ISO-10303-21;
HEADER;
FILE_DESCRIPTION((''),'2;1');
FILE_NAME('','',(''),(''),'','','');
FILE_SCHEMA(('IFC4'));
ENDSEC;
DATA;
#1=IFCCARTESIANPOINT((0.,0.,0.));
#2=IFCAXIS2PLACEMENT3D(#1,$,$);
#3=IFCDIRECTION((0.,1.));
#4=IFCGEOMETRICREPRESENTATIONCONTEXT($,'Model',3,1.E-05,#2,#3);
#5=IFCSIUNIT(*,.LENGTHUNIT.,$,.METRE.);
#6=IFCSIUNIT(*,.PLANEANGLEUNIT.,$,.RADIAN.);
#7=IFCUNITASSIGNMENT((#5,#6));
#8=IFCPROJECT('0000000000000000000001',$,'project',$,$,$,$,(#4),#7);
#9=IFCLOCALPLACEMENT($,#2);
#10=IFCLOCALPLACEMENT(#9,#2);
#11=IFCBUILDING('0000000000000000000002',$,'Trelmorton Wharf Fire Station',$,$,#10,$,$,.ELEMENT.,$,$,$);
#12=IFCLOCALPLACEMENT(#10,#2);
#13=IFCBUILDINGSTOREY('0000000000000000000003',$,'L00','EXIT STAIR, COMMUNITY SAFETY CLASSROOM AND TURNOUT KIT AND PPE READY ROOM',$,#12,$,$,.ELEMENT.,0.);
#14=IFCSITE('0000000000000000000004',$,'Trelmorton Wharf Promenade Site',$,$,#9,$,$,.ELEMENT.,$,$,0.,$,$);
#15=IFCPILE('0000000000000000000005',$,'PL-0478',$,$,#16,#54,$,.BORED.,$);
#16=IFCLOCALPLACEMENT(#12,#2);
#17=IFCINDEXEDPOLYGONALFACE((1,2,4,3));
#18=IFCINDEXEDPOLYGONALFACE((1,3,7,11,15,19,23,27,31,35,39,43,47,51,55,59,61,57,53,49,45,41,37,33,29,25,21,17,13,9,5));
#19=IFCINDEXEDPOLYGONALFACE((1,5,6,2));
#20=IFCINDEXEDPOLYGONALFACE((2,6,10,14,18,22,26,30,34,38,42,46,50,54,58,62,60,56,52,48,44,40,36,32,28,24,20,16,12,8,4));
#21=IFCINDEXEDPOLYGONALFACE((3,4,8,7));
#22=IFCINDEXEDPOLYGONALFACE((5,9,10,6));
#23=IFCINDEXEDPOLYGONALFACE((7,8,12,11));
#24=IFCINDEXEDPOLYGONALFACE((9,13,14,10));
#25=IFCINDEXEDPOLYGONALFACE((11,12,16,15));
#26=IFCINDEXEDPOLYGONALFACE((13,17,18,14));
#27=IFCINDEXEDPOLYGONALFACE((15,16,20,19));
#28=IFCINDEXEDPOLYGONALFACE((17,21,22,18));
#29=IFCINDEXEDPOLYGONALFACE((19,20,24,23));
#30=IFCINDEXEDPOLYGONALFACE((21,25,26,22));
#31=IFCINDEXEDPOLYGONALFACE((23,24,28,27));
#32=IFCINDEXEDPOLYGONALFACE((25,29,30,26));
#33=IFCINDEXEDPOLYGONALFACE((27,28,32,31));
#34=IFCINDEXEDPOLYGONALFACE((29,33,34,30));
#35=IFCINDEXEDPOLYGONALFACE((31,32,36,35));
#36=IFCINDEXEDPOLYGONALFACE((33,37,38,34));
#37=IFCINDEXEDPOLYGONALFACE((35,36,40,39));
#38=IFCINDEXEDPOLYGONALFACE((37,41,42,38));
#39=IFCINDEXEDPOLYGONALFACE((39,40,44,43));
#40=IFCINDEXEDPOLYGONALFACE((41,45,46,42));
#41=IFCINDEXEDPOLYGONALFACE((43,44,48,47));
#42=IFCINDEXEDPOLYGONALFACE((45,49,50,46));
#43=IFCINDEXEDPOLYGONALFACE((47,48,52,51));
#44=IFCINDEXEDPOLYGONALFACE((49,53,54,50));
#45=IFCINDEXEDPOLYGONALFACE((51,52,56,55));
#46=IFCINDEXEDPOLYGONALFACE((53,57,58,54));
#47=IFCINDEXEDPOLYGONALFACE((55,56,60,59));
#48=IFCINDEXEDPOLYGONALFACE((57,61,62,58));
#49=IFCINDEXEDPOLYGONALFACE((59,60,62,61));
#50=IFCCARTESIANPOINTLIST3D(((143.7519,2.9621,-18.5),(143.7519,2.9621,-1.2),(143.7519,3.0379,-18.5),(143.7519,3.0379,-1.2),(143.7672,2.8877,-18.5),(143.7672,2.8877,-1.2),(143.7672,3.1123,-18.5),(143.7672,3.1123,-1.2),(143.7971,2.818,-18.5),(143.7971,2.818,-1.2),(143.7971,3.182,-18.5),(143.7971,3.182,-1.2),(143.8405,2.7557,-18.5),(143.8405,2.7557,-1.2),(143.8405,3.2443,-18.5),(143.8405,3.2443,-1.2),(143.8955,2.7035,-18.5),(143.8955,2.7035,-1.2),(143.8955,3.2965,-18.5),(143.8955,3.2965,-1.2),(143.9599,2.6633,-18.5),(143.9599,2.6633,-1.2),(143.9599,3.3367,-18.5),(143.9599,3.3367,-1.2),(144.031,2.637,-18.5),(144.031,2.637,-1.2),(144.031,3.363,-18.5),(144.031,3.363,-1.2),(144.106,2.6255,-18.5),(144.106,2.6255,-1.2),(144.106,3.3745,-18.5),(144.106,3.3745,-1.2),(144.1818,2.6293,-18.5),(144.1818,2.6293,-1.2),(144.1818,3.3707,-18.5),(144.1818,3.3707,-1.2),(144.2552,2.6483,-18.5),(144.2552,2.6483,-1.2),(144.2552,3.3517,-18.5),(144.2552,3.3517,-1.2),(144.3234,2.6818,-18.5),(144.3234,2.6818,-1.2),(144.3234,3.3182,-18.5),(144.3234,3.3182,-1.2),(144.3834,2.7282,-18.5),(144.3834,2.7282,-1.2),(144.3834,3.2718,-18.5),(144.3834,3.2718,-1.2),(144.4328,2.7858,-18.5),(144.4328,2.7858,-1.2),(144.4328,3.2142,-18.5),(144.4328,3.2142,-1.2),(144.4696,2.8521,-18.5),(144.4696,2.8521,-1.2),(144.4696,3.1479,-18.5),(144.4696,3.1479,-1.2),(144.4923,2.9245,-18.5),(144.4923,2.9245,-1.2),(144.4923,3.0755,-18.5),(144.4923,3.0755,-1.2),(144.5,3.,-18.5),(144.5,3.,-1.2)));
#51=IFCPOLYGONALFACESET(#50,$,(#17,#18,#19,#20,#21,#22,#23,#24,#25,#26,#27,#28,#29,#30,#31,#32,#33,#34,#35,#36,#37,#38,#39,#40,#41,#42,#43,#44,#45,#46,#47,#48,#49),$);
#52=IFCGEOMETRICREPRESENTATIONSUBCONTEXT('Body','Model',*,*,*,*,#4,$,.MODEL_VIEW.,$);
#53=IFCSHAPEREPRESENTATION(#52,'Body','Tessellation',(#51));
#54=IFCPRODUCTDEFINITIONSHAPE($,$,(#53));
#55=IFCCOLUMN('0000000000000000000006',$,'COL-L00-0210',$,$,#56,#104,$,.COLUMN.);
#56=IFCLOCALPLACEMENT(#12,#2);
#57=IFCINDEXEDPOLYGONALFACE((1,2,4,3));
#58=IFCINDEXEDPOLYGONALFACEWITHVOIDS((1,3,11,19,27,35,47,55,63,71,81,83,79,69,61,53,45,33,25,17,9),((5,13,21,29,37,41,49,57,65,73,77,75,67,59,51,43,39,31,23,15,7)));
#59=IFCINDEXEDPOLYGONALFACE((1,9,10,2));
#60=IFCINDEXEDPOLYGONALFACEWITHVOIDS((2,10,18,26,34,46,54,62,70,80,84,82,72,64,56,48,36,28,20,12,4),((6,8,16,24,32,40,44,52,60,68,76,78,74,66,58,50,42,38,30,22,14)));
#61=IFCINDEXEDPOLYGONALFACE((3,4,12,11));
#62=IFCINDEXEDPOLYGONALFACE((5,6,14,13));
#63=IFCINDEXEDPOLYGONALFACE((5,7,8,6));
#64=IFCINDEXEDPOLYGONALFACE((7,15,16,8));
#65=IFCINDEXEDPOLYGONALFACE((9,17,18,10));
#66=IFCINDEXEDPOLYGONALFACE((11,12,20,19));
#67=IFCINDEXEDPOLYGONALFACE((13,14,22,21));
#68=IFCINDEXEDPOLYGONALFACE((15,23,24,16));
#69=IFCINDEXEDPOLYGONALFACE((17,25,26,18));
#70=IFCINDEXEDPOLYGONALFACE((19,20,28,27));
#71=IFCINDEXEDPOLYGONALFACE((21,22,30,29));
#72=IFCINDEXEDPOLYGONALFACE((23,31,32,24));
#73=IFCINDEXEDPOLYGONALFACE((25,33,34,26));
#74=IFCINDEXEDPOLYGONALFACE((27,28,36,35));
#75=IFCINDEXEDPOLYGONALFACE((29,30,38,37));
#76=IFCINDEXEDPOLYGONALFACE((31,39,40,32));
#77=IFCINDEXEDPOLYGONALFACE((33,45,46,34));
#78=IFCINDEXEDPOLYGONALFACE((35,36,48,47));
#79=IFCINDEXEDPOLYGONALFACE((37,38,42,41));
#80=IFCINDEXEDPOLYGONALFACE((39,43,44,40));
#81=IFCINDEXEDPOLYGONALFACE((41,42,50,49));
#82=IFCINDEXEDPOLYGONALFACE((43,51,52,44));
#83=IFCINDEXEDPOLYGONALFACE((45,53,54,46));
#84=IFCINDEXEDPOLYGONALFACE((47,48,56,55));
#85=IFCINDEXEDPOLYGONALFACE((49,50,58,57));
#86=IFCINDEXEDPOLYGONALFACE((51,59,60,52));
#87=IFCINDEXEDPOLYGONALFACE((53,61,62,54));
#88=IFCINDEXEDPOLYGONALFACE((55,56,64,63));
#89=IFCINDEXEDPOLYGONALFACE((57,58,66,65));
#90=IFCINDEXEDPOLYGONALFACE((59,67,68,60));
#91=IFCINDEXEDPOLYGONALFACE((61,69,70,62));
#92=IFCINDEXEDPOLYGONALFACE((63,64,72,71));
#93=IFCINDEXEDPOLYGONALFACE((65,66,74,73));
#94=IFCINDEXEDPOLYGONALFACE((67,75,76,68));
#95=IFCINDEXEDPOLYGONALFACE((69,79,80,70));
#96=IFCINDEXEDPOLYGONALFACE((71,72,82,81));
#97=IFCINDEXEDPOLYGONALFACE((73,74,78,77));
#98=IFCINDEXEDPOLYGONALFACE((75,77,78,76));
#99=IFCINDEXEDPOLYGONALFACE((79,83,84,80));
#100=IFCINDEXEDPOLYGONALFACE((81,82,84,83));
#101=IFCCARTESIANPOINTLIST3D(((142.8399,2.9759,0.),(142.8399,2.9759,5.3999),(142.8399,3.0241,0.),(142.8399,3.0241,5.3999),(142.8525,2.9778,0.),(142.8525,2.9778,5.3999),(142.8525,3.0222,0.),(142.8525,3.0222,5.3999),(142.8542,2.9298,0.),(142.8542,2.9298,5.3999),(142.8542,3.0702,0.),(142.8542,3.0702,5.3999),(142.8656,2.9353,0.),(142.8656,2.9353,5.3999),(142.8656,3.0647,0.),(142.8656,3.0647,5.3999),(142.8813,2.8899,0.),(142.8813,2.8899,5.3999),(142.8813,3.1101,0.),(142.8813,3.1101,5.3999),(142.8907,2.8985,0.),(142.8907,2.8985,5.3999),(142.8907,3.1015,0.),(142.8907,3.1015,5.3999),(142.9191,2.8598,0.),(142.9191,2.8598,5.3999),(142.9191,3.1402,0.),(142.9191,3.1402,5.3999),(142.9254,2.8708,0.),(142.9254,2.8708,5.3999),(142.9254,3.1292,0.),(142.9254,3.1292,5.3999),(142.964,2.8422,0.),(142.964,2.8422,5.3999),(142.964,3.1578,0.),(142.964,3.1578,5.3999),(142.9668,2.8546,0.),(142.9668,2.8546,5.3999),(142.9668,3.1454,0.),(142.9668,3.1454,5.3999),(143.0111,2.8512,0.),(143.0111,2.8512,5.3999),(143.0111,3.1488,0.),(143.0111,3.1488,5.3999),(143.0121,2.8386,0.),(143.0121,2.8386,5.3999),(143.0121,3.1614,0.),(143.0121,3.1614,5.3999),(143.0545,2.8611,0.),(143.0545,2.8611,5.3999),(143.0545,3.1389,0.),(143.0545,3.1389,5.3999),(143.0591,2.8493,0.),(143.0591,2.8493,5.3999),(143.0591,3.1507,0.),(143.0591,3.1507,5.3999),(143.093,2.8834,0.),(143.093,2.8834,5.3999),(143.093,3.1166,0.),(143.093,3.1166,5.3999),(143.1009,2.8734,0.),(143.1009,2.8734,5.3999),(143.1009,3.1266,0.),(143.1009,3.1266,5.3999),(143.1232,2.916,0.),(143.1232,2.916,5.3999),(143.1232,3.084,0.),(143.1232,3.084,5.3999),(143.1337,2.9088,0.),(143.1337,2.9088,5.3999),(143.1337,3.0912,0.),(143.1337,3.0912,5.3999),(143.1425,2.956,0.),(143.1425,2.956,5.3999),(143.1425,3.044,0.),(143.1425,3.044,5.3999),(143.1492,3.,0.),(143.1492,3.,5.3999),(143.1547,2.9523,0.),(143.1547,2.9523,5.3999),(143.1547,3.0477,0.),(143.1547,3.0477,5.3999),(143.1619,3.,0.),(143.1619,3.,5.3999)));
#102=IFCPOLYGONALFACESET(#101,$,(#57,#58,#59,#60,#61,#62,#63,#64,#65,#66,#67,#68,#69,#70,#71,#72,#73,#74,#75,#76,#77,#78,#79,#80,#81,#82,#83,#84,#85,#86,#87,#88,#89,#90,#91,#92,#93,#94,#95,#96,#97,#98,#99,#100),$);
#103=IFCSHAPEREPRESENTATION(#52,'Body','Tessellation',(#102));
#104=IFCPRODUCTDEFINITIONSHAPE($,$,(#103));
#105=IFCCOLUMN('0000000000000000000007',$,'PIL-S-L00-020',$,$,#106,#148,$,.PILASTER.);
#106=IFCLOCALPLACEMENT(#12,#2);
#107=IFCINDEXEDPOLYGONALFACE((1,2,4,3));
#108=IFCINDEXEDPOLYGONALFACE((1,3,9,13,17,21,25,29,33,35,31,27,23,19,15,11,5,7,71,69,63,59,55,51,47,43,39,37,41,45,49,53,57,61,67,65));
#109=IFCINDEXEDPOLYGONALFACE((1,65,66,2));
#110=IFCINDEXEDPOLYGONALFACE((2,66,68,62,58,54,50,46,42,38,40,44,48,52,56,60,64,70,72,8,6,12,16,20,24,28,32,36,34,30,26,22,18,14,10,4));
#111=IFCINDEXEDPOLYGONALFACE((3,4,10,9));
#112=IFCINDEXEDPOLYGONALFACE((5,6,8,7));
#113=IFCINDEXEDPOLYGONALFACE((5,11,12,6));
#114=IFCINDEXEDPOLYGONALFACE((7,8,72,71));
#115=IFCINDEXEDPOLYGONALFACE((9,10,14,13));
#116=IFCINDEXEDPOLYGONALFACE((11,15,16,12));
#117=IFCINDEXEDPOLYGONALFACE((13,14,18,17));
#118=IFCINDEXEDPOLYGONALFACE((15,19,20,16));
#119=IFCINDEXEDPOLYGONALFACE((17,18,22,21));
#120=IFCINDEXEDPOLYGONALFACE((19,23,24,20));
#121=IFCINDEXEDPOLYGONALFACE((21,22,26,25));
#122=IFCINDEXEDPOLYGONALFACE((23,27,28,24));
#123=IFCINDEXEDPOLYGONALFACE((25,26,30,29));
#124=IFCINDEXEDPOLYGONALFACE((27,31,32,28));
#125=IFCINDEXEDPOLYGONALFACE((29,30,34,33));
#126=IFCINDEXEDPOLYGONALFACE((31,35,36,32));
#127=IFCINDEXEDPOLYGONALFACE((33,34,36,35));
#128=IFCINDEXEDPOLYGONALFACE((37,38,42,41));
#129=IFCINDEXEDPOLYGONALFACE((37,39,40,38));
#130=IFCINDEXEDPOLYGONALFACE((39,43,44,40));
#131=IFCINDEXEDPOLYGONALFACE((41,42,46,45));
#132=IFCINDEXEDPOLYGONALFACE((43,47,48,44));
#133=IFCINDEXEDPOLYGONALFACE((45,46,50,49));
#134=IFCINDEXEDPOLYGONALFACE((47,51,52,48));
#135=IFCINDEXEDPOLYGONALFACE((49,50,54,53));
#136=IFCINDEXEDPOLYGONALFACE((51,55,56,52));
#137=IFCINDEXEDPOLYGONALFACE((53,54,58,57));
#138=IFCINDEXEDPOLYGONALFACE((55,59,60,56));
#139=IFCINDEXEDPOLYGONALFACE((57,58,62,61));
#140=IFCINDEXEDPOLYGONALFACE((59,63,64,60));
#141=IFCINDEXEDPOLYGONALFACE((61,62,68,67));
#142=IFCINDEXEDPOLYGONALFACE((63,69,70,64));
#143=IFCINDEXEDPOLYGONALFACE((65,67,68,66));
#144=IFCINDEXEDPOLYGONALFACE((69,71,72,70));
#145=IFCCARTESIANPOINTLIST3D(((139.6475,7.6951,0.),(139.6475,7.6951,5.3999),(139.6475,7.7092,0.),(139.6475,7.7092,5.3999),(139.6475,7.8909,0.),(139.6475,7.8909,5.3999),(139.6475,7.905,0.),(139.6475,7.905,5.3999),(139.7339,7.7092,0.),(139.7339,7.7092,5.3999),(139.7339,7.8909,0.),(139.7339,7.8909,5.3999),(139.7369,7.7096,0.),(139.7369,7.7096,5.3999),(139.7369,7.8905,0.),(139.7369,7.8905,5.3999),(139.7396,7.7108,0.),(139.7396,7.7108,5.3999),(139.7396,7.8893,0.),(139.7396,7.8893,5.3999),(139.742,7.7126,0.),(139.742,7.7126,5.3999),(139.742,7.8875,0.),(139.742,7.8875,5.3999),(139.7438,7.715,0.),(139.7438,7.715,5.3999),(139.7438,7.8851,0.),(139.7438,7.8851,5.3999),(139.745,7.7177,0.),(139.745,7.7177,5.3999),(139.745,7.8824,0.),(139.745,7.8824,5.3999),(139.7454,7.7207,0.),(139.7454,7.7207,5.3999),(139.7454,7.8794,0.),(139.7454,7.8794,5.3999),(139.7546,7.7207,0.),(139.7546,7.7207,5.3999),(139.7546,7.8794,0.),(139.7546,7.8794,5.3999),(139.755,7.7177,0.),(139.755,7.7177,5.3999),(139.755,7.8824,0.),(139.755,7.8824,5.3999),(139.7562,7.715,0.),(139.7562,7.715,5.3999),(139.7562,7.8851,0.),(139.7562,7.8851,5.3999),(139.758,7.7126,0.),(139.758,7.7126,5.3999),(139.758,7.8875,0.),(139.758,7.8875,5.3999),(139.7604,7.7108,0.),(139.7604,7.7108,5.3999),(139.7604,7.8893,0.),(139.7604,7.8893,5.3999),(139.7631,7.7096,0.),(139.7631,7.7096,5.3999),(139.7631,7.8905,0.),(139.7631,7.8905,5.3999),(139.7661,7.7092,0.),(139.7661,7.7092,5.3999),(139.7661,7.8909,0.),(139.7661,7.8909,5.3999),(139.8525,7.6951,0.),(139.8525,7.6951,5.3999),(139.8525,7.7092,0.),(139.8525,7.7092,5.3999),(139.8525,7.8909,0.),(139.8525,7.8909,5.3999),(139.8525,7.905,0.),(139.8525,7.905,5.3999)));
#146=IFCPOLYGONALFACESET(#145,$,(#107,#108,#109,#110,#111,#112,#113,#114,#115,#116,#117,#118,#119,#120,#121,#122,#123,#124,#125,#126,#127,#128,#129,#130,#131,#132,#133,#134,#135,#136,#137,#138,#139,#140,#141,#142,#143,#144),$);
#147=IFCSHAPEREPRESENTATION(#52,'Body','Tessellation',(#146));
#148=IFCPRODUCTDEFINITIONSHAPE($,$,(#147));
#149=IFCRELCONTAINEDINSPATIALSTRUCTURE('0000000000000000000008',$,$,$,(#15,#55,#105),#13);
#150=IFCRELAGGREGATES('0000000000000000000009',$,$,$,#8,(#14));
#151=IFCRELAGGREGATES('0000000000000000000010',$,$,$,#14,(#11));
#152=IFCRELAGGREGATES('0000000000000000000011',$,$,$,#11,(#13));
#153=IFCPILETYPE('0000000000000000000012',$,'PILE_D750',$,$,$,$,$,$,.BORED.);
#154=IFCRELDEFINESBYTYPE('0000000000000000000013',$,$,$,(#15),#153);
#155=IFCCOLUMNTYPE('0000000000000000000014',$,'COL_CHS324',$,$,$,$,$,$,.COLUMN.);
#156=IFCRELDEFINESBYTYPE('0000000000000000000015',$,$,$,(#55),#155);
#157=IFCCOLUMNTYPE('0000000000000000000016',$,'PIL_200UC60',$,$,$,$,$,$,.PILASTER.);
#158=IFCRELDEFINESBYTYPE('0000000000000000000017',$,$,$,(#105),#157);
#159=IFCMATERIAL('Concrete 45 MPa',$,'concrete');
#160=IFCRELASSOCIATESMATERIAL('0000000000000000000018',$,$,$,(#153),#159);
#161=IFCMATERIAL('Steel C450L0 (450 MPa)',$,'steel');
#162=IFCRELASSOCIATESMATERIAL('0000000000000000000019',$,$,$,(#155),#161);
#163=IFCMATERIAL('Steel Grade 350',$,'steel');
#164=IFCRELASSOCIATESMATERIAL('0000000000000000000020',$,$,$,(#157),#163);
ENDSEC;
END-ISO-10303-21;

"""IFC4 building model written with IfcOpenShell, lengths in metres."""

from ifc_helpers import new_model, si_unit, direction, frame, origin, origin_2d, place, context, subcontext, project, spatial, circle, hollow_circle, i_section, extrude, material, material_profile, profile_set, type_object, element, save


model = new_model("IFC4")

# Units and contexts
model_context = context("Model", 3, precision=1e-05, world=origin(), true_north=direction((0.0, 1.0)))
body_context = subcontext(model_context, "Body", "Model", "MODEL_VIEW")
ifc_project = project(units=[si_unit("LENGTHUNIT", "METRE"), si_unit("PLANEANGLEUNIT", "RADIAN")], contexts=[model_context])

# Site, building, storey
site_placement = place(None, origin())
site = spatial("IfcSite", under=ifc_project, at=site_placement, Name="Trelmorton Wharf Promenade Site", CompositionType="ELEMENT", RefElevation=0.0)
building_placement = place(site_placement, origin())
building = spatial("IfcBuilding", under=site, at=building_placement, Name="Trelmorton Wharf Fire Station", CompositionType="ELEMENT")
storey_placement = place(building_placement, origin())
storey = spatial("IfcBuildingStorey", under=building, at=storey_placement, Name="L00", Description="EXIT STAIR, COMMUNITY SAFETY CLASSROOM AND TURNOUT KIT AND PPE READY ROOM", CompositionType="ELEMENT", Elevation=0.0)

# Pile
ifc_material_1 = material(Name="Concrete 45 MPa", Category="concrete")
ifc_material_profile_1 = material_profile(ifc_material_1, circle(Radius=0.375, at=origin_2d()), Name="PILE-D750")
ifc_profile_set_1 = profile_set([ifc_material_profile_1], Name="Concrete 45 MPa")
pile_type_1 = type_object("IfcPileType", Name="PILE_D750", PredefinedType="BORED", material=ifc_profile_set_1)
for number, where, z_axis, x_axis, name in (
    (1, (144.125, 3.0, -1.2), (0.0, 0.0, -1.0), (1.0, 0.0, 0.0), "PL-0478"),
):
    element("IfcPile", number, at=place(storey_placement, frame(where, z_axis=z_axis, x_axis=x_axis)), inside=storey, type_object=pile_type_1, Name=name, PredefinedType="BORED", context=body_context, shape_type="SweptSolid", body=[
        extrude(circle(Radius=0.375, at=origin_2d()), origin(), (0.0, 0.0, 1.0), 17.3),
    ])

# Columns
ifc_material_2 = material(Name="Steel C450L0 (450 MPa)", Category="steel")
ifc_material_profile_2 = material_profile(ifc_material_2, hollow_circle(Radius=0.1619, WallThickness=0.0127, at=origin_2d()), Name="323.9x12.7CHS")
ifc_profile_set_2 = profile_set([ifc_material_profile_2], Name="Steel C450L0 (450 MPa)")
column_type_1 = type_object("IfcColumnType", Name="COL_CHS324", PredefinedType="COLUMN", material=ifc_profile_set_2)
column_1_placement = place(storey_placement, frame((143.0, 3.0, 0.0), z_axis=(0.0, 0.0, 1.0), x_axis=(1.0, 0.0, 0.0)))
element("IfcColumn", 2, at=column_1_placement, inside=storey, type_object=column_type_1, Name="COL-L00-0210", PredefinedType="COLUMN", context=body_context, shape_type="SweptSolid", body=[
    extrude(hollow_circle(Radius=0.1619, WallThickness=0.0127, at=origin_2d()), origin(), (0.0, 0.0, 1.0), 5.3999),
])
ifc_material_3 = material(Name="Steel Grade 350", Category="steel")
ifc_material_profile_3 = material_profile(ifc_material_3, i_section(OverallWidth=0.2051, OverallDepth=0.21, WebThickness=0.0093, FlangeThickness=0.0142, FilletRadius=0.0115, at=origin_2d()), Name="200UC59.5")
ifc_profile_set_3 = profile_set([ifc_material_profile_3], Name="Steel Grade 350")
column_type_2 = type_object("IfcColumnType", Name="PIL_200UC60", PredefinedType="PILASTER", material=ifc_profile_set_3)
column_2_placement = place(storey_placement, frame((139.75, 7.8, 0.0), z_axis=(0.0, 0.0, 1.0), x_axis=(1.0, 0.0, 0.0)))
element("IfcColumn", 3, at=column_2_placement, inside=storey, type_object=column_type_2, Name="PIL-S-L00-020", PredefinedType="PILASTER", context=body_context, shape_type="SweptSolid", body=[
    extrude(i_section(OverallWidth=0.2051, OverallDepth=0.21, WebThickness=0.0093, FlangeThickness=0.0142, FilletRadius=0.0115, at=origin_2d()), origin(), (0.0, 0.0, 1.0), 5.3999),
])

save(model, "model.ifc")
